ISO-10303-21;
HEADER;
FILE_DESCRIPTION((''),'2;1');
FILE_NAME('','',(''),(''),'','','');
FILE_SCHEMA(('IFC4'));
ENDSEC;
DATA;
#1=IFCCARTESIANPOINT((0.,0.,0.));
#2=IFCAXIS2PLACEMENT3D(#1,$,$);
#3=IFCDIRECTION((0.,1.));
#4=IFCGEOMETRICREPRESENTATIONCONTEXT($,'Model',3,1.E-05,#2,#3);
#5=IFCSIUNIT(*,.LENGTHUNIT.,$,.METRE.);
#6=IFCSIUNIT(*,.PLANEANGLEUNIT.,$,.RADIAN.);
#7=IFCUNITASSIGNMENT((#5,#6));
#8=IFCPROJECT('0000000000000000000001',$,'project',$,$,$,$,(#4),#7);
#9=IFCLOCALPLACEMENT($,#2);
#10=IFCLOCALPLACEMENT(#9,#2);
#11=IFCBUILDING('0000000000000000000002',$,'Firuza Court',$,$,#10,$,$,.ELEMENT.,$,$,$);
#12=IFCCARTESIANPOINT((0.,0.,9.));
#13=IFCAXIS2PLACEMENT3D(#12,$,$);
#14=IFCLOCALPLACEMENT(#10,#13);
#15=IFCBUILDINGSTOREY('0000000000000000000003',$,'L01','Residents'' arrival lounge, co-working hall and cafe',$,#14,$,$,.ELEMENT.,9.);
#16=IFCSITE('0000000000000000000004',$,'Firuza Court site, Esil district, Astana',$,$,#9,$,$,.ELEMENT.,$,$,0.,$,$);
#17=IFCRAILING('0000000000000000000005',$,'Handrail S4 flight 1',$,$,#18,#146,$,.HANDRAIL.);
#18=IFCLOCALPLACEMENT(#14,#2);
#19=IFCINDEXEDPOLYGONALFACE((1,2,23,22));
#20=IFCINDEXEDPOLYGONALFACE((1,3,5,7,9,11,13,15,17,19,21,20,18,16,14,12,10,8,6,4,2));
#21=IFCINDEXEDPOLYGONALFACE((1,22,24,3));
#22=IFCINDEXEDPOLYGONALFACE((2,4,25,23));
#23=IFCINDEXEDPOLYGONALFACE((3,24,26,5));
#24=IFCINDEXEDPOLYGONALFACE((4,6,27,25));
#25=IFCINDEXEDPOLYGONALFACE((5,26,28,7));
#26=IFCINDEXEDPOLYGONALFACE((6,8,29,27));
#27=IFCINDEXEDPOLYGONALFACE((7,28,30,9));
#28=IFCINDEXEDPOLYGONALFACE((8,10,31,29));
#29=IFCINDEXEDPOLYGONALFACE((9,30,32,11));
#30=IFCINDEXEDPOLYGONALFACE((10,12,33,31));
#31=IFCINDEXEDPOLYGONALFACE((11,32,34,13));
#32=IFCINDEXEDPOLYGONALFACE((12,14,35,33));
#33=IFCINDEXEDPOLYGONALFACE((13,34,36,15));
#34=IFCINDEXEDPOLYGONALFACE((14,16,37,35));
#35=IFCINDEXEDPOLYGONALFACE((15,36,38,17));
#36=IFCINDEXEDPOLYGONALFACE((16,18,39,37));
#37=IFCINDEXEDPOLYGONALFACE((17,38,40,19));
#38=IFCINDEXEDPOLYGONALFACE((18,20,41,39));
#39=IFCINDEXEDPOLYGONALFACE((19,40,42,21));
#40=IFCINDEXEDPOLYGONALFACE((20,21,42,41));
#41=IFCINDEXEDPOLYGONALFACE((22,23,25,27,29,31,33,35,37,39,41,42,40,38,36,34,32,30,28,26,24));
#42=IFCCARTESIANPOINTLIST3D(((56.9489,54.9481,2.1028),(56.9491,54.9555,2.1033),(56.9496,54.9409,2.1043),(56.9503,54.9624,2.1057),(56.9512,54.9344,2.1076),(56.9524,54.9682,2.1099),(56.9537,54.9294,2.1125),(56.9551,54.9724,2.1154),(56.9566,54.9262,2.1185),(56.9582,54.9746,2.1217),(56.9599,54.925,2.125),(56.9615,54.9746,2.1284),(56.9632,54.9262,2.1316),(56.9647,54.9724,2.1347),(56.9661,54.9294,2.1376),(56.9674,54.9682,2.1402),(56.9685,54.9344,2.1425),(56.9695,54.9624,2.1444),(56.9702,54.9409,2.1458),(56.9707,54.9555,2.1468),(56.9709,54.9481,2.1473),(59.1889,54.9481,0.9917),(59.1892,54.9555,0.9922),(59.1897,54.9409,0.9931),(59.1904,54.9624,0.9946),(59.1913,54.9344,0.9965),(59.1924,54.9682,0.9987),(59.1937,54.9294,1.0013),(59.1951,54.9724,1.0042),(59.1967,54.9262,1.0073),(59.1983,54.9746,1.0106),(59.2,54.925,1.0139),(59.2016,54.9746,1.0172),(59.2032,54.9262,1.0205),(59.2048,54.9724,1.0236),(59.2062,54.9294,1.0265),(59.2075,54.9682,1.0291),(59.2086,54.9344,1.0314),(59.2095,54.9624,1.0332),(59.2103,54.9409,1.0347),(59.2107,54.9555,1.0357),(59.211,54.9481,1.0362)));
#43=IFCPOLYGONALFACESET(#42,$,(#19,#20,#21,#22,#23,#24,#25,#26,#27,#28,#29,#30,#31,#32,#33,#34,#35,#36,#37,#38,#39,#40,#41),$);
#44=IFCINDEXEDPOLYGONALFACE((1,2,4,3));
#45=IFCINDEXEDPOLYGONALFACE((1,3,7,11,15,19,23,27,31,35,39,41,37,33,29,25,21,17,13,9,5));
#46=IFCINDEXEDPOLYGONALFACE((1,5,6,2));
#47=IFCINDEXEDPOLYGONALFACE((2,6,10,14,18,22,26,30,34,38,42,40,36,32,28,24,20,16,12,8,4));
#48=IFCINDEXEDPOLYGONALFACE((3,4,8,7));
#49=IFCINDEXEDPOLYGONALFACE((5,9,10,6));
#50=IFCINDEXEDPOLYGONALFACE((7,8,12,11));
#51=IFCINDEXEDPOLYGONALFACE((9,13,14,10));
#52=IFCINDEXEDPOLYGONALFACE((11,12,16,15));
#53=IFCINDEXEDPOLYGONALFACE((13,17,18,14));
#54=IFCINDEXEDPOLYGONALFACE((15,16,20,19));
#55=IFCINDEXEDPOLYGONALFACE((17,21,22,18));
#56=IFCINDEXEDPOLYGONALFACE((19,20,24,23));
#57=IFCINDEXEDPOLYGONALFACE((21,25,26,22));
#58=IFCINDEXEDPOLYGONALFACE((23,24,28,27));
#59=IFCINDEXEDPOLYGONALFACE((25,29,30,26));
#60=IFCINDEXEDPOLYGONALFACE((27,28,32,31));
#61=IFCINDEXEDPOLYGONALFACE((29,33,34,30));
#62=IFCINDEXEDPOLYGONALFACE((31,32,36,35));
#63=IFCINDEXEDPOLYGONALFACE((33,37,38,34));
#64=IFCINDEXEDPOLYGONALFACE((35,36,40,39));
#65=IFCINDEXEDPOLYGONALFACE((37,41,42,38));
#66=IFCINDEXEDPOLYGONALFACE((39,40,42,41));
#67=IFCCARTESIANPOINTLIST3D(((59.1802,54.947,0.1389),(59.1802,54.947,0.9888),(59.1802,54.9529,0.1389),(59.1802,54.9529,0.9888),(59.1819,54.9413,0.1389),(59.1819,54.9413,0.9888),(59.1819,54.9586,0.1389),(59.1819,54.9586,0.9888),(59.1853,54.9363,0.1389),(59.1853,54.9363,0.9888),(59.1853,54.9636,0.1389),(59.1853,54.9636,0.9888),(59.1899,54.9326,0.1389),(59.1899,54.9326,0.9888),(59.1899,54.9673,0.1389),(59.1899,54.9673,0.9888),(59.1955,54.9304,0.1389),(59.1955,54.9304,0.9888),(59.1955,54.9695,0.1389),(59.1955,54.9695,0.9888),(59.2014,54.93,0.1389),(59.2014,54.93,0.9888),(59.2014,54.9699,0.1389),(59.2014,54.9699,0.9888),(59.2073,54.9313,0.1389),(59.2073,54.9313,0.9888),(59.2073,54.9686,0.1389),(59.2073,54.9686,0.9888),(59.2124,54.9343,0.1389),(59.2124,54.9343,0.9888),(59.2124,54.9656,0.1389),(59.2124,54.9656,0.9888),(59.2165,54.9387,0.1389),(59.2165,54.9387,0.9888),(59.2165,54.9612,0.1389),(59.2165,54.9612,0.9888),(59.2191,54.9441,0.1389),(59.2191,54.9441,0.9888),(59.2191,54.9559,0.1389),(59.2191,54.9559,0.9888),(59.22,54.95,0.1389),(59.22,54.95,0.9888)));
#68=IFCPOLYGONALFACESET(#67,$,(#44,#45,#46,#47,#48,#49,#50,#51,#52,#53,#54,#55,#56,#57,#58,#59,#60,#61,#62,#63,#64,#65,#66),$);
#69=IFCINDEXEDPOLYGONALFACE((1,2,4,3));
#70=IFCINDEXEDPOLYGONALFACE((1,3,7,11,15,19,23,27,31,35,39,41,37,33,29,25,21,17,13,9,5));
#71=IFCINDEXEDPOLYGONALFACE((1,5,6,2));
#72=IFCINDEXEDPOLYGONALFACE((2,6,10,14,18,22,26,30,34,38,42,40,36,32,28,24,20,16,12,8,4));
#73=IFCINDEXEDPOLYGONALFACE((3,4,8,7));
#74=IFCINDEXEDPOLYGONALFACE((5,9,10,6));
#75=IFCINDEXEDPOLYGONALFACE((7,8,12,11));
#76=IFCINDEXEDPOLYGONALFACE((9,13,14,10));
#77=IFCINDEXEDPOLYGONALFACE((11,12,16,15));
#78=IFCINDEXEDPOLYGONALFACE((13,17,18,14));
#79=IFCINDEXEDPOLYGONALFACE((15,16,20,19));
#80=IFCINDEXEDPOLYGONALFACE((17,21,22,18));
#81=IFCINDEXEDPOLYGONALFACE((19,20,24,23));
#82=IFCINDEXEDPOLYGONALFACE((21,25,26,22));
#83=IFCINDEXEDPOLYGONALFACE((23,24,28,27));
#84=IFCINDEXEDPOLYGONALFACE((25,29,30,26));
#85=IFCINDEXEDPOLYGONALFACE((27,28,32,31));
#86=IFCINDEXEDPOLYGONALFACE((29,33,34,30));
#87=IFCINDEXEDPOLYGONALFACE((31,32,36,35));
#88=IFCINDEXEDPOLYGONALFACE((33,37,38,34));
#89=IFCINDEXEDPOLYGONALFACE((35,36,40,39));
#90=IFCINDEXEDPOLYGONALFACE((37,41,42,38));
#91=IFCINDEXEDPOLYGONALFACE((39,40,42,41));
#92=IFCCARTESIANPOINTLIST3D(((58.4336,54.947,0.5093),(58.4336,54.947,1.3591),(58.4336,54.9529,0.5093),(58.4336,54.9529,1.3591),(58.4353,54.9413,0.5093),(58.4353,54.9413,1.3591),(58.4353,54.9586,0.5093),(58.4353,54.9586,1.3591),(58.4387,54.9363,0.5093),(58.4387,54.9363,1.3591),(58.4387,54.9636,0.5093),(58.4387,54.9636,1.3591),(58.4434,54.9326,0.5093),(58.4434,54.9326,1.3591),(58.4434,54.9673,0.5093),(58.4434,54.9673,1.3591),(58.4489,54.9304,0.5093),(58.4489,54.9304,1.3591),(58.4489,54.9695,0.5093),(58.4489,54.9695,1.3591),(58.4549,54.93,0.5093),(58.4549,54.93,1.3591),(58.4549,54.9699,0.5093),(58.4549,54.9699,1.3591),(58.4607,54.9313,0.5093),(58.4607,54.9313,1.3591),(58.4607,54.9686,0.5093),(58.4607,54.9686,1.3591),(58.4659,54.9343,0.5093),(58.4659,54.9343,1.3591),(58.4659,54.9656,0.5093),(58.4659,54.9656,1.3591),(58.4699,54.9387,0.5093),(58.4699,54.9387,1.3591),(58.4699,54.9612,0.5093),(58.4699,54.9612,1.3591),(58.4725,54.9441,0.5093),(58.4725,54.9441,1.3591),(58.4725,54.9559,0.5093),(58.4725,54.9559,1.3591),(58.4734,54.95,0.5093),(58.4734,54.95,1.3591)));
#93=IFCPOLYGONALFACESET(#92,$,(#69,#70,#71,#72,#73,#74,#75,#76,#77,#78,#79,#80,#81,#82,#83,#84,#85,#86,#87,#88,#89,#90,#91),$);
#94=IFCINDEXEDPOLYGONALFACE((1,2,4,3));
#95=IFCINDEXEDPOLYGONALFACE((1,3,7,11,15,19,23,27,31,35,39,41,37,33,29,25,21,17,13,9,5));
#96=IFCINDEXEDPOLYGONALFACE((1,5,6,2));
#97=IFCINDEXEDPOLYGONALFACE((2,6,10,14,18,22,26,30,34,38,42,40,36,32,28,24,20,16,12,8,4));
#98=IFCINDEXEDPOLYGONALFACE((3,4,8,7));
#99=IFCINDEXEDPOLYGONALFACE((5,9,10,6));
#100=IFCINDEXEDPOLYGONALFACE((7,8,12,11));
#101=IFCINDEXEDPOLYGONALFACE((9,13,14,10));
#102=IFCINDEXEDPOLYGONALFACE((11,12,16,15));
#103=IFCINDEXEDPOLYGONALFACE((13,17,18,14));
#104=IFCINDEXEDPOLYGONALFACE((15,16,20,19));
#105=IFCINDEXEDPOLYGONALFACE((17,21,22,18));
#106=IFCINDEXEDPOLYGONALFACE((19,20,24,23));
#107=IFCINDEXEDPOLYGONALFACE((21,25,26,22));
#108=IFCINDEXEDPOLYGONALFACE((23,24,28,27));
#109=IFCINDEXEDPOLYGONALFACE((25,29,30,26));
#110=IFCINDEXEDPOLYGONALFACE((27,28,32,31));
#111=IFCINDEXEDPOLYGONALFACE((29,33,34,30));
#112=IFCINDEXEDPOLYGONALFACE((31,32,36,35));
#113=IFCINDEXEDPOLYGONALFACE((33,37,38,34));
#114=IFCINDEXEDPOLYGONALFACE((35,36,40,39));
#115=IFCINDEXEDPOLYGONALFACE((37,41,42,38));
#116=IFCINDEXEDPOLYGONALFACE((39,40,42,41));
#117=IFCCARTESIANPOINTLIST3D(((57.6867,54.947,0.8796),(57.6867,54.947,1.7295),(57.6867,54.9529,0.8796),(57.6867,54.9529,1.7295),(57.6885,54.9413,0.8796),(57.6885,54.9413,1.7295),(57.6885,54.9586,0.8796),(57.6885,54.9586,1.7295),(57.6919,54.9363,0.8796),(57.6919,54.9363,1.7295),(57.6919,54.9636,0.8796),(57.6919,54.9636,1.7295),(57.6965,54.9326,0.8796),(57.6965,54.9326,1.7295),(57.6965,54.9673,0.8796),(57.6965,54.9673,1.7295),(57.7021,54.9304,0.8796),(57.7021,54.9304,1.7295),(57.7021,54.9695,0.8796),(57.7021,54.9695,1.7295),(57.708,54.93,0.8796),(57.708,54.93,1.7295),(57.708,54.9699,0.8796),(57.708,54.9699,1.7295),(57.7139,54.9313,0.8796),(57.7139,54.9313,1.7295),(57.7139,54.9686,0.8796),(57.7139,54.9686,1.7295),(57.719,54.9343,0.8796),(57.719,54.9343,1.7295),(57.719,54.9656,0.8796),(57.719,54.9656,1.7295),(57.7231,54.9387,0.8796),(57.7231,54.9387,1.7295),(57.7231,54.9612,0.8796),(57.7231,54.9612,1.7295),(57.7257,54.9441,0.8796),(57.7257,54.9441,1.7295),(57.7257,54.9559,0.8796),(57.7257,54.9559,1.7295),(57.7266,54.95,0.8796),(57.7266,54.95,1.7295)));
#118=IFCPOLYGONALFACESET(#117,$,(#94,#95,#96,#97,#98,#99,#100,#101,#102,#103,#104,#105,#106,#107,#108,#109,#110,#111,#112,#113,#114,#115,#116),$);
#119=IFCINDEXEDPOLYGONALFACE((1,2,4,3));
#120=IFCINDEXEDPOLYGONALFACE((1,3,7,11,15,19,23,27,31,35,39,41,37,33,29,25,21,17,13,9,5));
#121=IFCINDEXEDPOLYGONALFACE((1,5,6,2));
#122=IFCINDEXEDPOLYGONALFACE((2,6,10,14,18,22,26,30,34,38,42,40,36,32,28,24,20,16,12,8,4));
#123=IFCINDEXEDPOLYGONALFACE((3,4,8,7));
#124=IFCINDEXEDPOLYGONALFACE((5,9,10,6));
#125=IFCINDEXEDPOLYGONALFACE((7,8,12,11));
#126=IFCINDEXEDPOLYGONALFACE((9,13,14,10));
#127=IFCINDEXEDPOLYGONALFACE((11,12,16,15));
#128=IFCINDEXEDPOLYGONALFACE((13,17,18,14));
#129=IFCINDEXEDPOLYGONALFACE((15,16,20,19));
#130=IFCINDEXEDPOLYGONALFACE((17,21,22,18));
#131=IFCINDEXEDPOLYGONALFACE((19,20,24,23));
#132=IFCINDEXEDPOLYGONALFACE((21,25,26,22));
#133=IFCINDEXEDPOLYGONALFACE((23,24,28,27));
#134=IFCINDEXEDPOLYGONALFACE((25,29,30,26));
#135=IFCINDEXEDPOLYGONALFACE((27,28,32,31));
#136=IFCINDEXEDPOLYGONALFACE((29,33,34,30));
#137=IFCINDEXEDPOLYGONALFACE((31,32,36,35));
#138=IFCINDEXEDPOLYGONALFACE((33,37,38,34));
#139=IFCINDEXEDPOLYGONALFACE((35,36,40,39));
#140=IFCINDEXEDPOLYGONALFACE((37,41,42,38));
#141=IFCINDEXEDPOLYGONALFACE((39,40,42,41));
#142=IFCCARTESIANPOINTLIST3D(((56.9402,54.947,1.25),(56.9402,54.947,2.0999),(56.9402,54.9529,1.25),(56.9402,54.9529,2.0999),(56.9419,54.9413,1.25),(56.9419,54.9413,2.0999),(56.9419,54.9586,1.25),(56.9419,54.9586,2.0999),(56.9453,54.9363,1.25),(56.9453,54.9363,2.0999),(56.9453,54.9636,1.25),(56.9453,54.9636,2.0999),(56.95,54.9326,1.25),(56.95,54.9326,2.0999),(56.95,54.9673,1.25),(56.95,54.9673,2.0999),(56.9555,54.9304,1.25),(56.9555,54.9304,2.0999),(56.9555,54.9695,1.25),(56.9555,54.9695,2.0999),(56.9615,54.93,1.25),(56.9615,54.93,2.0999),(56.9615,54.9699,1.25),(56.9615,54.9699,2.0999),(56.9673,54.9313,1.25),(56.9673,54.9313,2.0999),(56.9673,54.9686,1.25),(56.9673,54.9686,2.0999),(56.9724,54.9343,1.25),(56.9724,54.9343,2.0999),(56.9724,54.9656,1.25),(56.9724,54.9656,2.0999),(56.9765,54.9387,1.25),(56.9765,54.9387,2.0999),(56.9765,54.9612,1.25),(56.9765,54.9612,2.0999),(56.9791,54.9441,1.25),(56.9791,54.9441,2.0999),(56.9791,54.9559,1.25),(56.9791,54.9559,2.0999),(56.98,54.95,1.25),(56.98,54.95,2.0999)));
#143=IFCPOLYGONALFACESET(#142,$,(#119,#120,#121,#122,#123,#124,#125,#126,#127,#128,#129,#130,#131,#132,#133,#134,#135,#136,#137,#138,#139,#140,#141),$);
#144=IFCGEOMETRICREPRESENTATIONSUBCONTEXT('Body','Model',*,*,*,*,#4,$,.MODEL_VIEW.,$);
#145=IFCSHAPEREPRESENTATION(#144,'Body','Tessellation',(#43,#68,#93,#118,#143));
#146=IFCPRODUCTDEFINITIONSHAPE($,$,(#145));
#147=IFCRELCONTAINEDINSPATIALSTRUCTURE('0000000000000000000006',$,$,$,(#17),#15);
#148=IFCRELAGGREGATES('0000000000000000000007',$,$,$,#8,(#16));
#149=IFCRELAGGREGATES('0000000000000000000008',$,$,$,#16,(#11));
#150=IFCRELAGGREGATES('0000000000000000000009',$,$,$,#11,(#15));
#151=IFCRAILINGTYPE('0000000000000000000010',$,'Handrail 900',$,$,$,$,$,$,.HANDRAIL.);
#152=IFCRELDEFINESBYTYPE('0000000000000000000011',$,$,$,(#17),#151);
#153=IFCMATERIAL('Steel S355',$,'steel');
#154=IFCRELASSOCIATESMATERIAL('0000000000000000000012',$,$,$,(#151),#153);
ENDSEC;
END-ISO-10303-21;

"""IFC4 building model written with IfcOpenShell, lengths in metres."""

from ifc_helpers import new_model, si_unit, direction, frame, origin, origin_2d, place, context, subcontext, project, spatial, circle, extrude, material, type_object, element, save


model = new_model("IFC4")

# Units and contexts
model_context = context("Model", 3, precision=1e-05, world=origin(), true_north=direction((0.0, 1.0)))
body_context = subcontext(model_context, "Body", "Model", "MODEL_VIEW")
ifc_project = project(units=[si_unit("LENGTHUNIT", "METRE"), si_unit("PLANEANGLEUNIT", "RADIAN")], contexts=[model_context])

# Site, building, storey
site_placement = place(None, origin())
site = spatial("IfcSite", under=ifc_project, at=site_placement, Name="Firuza Court site, Esil district, Astana", CompositionType="ELEMENT", RefElevation=0.0)
building_placement = place(site_placement, origin())
building = spatial("IfcBuilding", under=site, at=building_placement, Name="Firuza Court", CompositionType="ELEMENT")
storey_placement = place(building_placement, frame((0.0, 0.0, 9.0)))
storey = spatial("IfcBuildingStorey", under=building, at=storey_placement, Name="L01", Description="Residents' arrival lounge, co-working hall and cafe", CompositionType="ELEMENT", Elevation=9.0)

# Railing
ifc_material_1 = material(Name="Steel S355", Category="steel")
railing_type_1 = type_object("IfcRailingType", Name="Handrail 900", PredefinedType="HANDRAIL", material=ifc_material_1)
railing_1_placement = place(storey_placement, frame((59.2, 54.95, 0.1389)))
element("IfcRailing", 1, at=railing_1_placement, inside=storey, type_object=railing_type_1, Name="Handrail S4 flight 1", PredefinedType="HANDRAIL", context=body_context, shape_type="SweptSolid", body=[
    extrude(circle(Radius=0.0249, at=origin_2d()), frame((0.0, 0.0, 0.875), z_axis=(-0.895848, 0.0, 0.44436), x_axis=(0.0, -1.0, 0.0)), (0.0, 0.0, 1.0), 2.5005),
    extrude(circle(Radius=0.02, at=origin_2d()), origin(), (0.0, 0.0, 1.0), 0.8499),
    extrude(circle(Radius=0.02, at=origin_2d()), frame((-0.7466, 0.0, 0.3704)), (0.0, 0.0, 1.0), 0.8499),
    extrude(circle(Radius=0.02, at=origin_2d()), frame((-1.4934, 0.0, 0.7407)), (0.0, 0.0, 1.0), 0.8499),
    extrude(circle(Radius=0.02, at=origin_2d()), frame((-2.24, 0.0, 1.1111)), (0.0, 0.0, 1.0), 0.8499),
])

save(model, "model.ifc")
